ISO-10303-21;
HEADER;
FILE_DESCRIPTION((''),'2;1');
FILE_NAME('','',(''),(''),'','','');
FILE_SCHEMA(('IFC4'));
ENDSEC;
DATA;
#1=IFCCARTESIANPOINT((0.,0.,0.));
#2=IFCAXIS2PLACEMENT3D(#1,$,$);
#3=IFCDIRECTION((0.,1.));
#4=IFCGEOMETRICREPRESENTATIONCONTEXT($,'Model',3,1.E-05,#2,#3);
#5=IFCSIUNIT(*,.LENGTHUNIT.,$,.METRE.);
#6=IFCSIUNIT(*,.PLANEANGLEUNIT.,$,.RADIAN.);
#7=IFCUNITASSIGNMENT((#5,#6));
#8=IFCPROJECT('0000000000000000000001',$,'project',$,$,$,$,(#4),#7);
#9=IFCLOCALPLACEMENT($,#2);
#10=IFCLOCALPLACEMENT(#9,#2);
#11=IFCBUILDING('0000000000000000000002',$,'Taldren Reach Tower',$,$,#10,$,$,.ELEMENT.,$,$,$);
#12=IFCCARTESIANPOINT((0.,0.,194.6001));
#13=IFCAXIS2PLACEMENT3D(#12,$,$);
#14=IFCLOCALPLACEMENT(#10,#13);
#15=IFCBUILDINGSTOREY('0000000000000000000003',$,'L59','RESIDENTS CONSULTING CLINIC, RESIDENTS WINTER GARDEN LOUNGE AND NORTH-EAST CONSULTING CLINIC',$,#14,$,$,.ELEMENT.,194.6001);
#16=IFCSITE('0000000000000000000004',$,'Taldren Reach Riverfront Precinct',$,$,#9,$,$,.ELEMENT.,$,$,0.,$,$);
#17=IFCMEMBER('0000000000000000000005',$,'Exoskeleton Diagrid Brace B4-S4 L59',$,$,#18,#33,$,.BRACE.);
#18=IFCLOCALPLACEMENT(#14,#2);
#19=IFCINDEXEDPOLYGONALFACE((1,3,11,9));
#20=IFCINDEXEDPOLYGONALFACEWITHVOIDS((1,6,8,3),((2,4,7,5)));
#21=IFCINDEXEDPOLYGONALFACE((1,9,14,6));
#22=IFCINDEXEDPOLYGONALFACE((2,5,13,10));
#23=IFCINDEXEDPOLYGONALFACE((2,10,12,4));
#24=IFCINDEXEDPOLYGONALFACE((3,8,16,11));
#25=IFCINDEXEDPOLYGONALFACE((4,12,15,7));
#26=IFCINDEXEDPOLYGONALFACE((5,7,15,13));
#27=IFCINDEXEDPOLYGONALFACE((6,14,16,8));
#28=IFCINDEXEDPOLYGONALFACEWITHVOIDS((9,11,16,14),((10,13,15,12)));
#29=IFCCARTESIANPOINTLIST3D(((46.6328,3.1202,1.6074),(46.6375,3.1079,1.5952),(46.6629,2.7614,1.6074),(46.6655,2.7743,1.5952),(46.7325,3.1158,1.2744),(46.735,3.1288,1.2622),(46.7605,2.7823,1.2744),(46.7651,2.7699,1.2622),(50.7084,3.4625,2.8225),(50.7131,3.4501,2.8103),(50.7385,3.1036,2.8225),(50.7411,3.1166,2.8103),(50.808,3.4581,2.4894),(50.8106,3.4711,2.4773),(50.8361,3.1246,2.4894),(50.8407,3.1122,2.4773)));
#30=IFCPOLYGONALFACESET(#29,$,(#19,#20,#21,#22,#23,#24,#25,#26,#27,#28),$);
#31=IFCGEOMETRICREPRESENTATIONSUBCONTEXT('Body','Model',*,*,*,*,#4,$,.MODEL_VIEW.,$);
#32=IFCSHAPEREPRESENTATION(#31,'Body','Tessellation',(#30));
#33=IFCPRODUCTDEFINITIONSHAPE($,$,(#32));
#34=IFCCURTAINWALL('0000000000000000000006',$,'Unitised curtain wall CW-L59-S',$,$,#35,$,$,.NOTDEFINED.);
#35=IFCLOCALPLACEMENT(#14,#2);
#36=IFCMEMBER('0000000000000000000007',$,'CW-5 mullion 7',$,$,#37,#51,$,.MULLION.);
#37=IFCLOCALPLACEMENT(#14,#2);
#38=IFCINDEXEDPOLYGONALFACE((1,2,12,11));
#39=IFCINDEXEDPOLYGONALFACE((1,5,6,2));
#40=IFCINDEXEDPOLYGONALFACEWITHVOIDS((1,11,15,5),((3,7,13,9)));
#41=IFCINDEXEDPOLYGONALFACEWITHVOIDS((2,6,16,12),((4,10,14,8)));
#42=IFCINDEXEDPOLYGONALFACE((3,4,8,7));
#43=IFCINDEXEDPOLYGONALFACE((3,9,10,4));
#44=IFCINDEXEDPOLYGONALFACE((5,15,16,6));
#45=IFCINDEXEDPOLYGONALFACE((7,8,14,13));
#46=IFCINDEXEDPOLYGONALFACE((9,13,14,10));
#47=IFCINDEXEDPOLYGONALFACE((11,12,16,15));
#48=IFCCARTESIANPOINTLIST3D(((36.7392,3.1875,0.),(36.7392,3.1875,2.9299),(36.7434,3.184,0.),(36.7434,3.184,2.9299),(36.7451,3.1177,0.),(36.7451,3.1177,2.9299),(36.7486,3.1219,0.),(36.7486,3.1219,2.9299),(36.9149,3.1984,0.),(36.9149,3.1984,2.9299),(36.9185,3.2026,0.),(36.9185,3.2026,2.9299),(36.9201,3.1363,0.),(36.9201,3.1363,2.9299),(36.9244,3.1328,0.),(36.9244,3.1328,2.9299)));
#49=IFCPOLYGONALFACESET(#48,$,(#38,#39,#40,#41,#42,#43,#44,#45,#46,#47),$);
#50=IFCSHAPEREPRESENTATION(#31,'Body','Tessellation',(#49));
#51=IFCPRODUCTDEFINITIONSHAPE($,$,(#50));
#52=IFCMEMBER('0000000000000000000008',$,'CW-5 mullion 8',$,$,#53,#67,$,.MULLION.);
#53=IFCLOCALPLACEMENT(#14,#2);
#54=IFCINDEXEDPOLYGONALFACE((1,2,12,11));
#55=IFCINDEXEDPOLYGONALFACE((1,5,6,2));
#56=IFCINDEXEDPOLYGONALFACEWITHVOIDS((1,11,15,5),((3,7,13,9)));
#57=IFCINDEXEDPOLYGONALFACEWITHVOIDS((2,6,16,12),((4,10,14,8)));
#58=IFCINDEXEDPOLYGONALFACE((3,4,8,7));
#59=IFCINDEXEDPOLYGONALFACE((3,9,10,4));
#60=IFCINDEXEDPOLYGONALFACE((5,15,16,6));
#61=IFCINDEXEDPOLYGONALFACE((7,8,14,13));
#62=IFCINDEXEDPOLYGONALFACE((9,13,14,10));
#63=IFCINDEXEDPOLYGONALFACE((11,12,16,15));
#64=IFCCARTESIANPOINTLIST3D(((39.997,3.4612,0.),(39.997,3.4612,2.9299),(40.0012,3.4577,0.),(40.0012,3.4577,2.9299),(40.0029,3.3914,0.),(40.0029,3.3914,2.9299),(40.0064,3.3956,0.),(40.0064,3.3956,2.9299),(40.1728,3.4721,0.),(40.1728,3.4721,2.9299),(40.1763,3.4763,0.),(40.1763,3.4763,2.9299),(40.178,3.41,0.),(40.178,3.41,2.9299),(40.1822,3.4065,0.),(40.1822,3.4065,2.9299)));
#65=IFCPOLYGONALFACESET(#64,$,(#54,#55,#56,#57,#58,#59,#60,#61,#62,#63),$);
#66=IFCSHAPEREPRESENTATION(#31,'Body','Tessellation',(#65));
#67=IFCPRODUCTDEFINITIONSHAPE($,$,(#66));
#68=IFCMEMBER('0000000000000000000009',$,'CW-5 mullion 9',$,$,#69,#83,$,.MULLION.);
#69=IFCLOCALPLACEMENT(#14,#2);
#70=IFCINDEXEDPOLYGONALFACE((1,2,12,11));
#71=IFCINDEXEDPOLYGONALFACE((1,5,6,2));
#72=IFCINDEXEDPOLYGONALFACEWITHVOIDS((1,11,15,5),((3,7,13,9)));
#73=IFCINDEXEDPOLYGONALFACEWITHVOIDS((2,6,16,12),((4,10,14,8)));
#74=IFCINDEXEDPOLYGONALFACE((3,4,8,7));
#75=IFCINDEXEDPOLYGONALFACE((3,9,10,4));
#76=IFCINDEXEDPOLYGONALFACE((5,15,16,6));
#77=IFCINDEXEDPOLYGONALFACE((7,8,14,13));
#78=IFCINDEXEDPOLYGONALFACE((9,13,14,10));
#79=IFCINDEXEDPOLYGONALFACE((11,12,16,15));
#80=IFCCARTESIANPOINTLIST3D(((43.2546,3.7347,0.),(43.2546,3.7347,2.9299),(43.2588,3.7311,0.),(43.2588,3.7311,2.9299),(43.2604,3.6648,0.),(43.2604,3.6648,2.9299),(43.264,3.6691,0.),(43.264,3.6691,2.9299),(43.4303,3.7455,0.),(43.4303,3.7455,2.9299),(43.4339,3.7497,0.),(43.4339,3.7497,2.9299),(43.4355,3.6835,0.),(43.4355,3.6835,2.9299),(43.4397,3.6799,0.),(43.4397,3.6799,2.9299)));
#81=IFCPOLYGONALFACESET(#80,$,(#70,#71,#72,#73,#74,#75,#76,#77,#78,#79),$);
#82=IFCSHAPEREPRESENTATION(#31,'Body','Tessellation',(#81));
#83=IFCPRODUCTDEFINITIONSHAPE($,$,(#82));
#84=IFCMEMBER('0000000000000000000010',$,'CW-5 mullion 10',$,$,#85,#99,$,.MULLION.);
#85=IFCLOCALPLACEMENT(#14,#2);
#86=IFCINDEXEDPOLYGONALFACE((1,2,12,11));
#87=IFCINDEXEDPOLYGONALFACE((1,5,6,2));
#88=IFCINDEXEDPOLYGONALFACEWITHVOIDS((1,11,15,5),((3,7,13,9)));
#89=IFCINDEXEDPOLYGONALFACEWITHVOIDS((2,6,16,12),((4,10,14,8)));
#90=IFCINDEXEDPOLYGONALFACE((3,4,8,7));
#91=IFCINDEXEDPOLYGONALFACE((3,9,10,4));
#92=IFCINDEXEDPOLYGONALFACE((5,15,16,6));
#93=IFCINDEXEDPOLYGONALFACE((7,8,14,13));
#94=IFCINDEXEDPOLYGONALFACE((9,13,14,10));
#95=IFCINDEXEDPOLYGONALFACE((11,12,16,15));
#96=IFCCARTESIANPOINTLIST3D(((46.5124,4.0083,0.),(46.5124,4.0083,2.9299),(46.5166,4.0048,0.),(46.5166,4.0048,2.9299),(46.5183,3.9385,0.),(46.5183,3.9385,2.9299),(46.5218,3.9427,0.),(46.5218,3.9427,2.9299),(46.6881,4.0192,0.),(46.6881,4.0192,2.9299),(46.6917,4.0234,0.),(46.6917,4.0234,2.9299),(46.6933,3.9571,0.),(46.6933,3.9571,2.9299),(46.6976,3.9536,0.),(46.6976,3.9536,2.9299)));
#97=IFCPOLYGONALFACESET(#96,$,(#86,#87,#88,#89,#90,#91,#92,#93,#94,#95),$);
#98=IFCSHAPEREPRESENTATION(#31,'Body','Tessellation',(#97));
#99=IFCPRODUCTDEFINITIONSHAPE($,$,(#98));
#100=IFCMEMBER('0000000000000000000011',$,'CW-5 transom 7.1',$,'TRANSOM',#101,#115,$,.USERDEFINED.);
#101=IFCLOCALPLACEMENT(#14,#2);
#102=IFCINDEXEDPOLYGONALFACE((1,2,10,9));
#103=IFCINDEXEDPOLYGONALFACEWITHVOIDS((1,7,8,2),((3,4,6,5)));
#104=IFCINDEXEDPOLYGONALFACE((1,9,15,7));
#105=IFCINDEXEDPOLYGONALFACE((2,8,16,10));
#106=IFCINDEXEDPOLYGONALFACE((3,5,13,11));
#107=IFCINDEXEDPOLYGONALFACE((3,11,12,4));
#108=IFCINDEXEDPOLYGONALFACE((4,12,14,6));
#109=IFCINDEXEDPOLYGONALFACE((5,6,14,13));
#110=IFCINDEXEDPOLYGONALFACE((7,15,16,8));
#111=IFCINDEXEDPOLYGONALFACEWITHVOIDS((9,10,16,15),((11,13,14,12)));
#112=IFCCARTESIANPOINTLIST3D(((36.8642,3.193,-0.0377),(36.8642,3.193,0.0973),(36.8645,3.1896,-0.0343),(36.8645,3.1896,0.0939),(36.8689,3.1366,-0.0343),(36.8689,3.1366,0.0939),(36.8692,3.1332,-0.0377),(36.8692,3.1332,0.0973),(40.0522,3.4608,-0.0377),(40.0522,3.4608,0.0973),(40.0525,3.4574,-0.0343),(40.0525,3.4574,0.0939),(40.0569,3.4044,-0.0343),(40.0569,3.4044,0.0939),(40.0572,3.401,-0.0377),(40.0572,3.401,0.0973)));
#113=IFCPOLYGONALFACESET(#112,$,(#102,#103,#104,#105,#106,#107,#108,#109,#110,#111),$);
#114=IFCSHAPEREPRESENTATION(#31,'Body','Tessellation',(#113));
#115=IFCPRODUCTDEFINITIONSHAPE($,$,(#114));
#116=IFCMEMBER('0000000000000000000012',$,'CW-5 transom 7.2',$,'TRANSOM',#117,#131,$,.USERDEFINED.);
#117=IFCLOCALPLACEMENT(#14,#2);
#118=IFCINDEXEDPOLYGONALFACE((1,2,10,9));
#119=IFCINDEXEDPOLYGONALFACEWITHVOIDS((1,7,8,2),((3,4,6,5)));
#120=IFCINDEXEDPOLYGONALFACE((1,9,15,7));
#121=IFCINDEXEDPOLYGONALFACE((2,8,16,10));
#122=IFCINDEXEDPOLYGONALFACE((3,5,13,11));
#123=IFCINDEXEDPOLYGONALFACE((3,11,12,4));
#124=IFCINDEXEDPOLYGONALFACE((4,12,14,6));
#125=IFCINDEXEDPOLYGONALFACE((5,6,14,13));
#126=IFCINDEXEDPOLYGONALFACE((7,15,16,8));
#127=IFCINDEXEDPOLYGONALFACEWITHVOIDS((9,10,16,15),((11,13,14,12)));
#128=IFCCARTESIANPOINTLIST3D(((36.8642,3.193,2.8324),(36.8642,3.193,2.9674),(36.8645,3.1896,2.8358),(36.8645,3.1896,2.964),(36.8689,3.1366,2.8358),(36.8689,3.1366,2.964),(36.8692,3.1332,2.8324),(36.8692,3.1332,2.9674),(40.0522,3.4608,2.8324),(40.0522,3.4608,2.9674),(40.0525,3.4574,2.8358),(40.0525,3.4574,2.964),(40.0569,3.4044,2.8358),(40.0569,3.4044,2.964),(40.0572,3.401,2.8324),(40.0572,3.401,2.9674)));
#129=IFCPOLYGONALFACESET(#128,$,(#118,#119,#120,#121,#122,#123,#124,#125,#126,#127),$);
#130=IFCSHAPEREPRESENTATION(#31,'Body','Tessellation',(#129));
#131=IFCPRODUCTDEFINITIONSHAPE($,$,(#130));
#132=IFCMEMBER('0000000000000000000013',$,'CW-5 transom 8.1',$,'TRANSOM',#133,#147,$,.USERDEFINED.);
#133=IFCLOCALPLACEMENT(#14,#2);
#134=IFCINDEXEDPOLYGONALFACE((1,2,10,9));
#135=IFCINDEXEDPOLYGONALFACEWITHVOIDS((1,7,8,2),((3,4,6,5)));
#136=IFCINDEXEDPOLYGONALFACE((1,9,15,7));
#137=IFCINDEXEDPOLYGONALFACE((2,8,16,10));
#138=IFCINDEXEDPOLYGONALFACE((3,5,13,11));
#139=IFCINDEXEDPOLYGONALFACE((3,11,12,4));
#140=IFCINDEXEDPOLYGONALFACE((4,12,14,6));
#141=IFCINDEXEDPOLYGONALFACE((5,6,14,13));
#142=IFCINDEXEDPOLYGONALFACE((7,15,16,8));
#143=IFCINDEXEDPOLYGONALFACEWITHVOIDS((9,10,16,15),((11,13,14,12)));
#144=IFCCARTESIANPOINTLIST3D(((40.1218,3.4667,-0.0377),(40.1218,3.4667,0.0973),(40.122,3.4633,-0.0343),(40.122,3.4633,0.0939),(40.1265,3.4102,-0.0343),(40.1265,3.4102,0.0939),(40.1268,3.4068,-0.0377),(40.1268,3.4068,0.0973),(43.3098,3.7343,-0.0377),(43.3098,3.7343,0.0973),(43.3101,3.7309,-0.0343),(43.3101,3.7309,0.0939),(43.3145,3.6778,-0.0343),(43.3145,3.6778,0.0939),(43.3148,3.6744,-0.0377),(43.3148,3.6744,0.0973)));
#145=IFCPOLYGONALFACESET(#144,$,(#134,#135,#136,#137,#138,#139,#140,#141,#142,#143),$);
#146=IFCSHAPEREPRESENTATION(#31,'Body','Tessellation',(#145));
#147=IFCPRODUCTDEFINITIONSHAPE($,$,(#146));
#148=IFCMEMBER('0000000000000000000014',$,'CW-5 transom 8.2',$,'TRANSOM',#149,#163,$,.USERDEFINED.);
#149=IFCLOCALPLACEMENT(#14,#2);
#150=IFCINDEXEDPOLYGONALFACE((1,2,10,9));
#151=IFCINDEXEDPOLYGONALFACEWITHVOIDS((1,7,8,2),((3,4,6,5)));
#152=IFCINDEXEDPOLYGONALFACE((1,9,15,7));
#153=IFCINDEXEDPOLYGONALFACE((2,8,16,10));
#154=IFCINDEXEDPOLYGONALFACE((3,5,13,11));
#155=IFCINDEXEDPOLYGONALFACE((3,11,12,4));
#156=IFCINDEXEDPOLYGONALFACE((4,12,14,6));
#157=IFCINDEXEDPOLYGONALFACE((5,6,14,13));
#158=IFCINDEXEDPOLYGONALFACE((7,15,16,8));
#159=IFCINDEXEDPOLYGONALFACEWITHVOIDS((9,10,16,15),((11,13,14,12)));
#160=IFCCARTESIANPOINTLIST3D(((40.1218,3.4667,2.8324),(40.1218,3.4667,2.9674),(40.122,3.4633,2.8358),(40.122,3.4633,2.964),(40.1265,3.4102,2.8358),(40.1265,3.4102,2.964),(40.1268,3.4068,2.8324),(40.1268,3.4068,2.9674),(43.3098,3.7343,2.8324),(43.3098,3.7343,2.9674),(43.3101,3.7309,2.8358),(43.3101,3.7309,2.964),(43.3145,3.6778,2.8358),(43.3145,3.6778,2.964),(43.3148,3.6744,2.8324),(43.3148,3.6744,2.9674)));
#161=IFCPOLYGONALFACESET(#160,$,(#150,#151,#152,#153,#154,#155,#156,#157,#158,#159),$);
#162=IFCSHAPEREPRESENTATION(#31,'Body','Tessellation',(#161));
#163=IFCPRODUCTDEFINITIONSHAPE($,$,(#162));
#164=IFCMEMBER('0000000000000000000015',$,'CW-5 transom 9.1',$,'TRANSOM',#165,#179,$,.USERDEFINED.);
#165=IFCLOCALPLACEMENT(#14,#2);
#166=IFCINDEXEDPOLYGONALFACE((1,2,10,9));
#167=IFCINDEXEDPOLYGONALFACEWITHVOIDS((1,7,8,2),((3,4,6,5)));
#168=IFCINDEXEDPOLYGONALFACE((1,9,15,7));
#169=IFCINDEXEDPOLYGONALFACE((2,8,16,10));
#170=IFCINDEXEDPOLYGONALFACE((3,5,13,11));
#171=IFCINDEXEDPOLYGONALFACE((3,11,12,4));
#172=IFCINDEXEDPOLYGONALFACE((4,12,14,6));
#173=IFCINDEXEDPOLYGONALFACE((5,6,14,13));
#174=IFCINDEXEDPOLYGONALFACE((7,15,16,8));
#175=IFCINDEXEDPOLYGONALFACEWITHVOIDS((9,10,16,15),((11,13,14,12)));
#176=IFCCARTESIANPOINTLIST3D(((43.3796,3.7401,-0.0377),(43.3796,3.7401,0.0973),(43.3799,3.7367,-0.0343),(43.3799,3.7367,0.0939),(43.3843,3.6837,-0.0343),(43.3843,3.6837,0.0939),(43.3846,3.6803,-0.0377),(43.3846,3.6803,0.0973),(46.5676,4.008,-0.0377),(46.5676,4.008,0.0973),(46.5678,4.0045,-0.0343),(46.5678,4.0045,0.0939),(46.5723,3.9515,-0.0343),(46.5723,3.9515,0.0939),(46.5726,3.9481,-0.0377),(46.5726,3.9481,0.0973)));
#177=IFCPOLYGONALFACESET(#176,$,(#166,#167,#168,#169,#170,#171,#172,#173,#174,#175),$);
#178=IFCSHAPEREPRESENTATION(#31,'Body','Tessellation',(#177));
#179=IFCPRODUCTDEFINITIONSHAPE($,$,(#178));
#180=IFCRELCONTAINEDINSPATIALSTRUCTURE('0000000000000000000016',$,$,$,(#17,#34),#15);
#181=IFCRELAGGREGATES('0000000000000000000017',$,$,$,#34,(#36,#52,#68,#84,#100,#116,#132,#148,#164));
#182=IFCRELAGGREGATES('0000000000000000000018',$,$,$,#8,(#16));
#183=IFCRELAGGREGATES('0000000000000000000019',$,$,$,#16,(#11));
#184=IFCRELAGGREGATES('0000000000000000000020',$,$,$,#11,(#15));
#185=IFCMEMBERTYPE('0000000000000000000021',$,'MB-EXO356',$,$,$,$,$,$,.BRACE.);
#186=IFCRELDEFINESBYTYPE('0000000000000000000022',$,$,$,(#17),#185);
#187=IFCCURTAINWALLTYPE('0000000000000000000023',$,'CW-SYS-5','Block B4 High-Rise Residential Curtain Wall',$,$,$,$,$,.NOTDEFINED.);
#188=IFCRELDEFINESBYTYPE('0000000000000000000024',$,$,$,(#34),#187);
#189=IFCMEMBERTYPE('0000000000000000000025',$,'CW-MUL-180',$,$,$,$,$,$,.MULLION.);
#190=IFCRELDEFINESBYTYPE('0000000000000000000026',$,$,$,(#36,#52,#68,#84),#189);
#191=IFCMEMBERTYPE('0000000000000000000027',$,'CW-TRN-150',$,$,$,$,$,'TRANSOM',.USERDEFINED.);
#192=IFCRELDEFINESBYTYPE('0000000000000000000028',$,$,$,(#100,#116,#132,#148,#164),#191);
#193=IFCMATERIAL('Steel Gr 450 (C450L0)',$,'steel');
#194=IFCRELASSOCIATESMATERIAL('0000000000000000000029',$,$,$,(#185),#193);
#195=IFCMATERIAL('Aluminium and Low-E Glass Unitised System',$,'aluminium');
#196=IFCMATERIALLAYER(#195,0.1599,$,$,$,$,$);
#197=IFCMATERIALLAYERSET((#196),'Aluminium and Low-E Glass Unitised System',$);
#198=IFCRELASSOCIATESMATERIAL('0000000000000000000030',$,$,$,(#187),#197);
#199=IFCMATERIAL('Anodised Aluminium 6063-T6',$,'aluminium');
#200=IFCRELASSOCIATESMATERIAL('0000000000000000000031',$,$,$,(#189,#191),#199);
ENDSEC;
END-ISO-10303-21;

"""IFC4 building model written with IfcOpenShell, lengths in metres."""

from ifc_helpers import new_model, si_unit, direction, frame, origin, origin_2d, place, context, subcontext, project, spatial, hollow_rectangle, extrude, source, transform, mapped, material, layer, layer_set, material_profile, profile_set, type_object, element, aggregate, save


model = new_model("IFC4")

# Units and contexts
model_context = context("Model", 3, precision=1e-05, world=origin(), true_north=direction((0.0, 1.0)))
body_context = subcontext(model_context, "Body", "Model", "MODEL_VIEW")
ifc_project = project(units=[si_unit("LENGTHUNIT", "METRE"), si_unit("PLANEANGLEUNIT", "RADIAN")], contexts=[model_context])

# Site, building, storey
site_placement = place(None, origin())
site = spatial("IfcSite", under=ifc_project, at=site_placement, Name="Taldren Reach Riverfront Precinct", CompositionType="ELEMENT", RefElevation=0.0)
building_placement = place(site_placement, origin())
building = spatial("IfcBuilding", under=site, at=building_placement, Name="Taldren Reach Tower", CompositionType="ELEMENT")
storey_placement = place(building_placement, frame((0.0, 0.0, 194.6001)))
storey = spatial("IfcBuildingStorey", under=building, at=storey_placement, Name="L59", Description="RESIDENTS CONSULTING CLINIC, RESIDENTS WINTER GARDEN LOUNGE AND NORTH-EAST CONSULTING CLINIC", CompositionType="ELEMENT", Elevation=194.6001)

# Member
ifc_material_1 = material(Name="Steel Gr 450 (C450L0)", Category="steel")
ifc_material_profile_1 = material_profile(ifc_material_1, hollow_rectangle(XDim=0.3601, YDim=0.3601, WallThickness=0.0127, at=origin_2d()), Name="360x360x12.7SHS")
ifc_profile_set_1 = profile_set([ifc_material_profile_1], Name="Steel Gr 450 (C450L0)")
member_type_1 = type_object("IfcMemberType", Name="MB-EXO356", PredefinedType="BRACE", material=ifc_profile_set_1)
shared_shape_1 = source(origin(), body_context, "Body", "SweptSolid", [
    extrude(hollow_rectangle(XDim=0.3601, YDim=0.3601, WallThickness=0.0127, at=origin_2d()), origin(), (0.0, 0.0, 1.0), 4.2666),
])
for number, where, z_axis, x_axis, name in (
    (1, (46.699, 2.9451, 1.4348), (0.955229, 0.080222, 0.284783), (-0.083688, 0.996492, 0.0), "Exoskeleton Diagrid Brace B4-S4 L59"),
):
    element("IfcMember", number, at=place(storey_placement, frame(where, z_axis=z_axis, x_axis=x_axis)), inside=storey, type_object=member_type_1, Name=name, PredefinedType="BRACE", context=body_context, shape_type="MappedRepresentation", body=[
        mapped(shared_shape_1, transform((0.0, 0.0, 0.0), scale=1.0)),
    ])

# Curtain wall, members
ifc_material_2 = material(Name="Aluminium and Low-E Glass Unitised System", Category="aluminium")
ifc_layer_1 = layer(ifc_material_2, 0.1599)
ifc_layer_set_1 = layer_set([ifc_layer_1], Name="Aluminium and Low-E Glass Unitised System")
curtain_wall_type = type_object("IfcCurtainWallType", Name="CW-SYS-5", Description="Block B4 High-Rise Residential Curtain Wall", PredefinedType="NOTDEFINED", material=ifc_layer_set_1)
curtain_wall_placement = place(storey_placement, origin())
curtain_wall = element("IfcCurtainWall", 2, at=curtain_wall_placement, inside=storey, type_object=curtain_wall_type, Name="Unitised curtain wall CW-L59-S", PredefinedType="NOTDEFINED")
ifc_material_3 = material(Name="Anodised Aluminium 6063-T6", Category="aluminium")
ifc_material_profile_2 = material_profile(ifc_material_3, hollow_rectangle(XDim=0.0701, YDim=0.1799, WallThickness=0.0039, at=origin_2d()), Name="ALU-180x70x4RHS")
ifc_profile_set_2 = profile_set([ifc_material_profile_2], Name="Anodised Aluminium 6063-T6")
member_type_2 = type_object("IfcMemberType", Name="CW-MUL-180", PredefinedType="MULLION", material=ifc_profile_set_2)
shared_shape_2 = source(origin(), body_context, "Body", "SweptSolid", [
    extrude(hollow_rectangle(XDim=0.0701, YDim=0.1799, WallThickness=0.0039, at=origin_2d()), origin(), (0.0, 0.0, 1.0), 2.9299),
])
member_1_placement = place(storey_placement, frame((36.8318, 3.1602, 0.0), z_axis=(0.0, 0.0, 1.0), x_axis=(-0.083678, 0.996493, 0.0)))
member_1 = element("IfcMember", 3, at=member_1_placement, type_object=member_type_2, Name="CW-5 mullion 7", PredefinedType="MULLION", context=body_context, shape_type="MappedRepresentation", body=[
    mapped(shared_shape_2, transform((0.0, 0.0, 0.0), scale=1.0)),
])
member_2_placement = place(storey_placement, frame((40.0896, 3.4338, 0.0), z_axis=(0.0, 0.0, 1.0), x_axis=(-0.083678, 0.996493, 0.0)))
member_2 = element("IfcMember", 4, at=member_2_placement, type_object=member_type_2, Name="CW-5 mullion 8", PredefinedType="MULLION", context=body_context, shape_type="MappedRepresentation", body=[
    mapped(shared_shape_2, transform((0.0, 0.0, 0.0), scale=1.0)),
])
member_3_placement = place(storey_placement, frame((43.3472, 3.7073, 0.0), z_axis=(0.0, 0.0, 1.0), x_axis=(-0.083678, 0.996493, 0.0)))
member_3 = element("IfcMember", 5, at=member_3_placement, type_object=member_type_2, Name="CW-5 mullion 9", PredefinedType="MULLION", context=body_context, shape_type="MappedRepresentation", body=[
    mapped(shared_shape_2, transform((0.0, 0.0, 0.0), scale=1.0)),
])
member_4_placement = place(storey_placement, frame((46.605, 3.981, 0.0), z_axis=(0.0, 0.0, 1.0), x_axis=(-0.083678, 0.996493, 0.0)))
member_4 = element("IfcMember", 6, at=member_4_placement, type_object=member_type_2, Name="CW-5 mullion 10", PredefinedType="MULLION", context=body_context, shape_type="MappedRepresentation", body=[
    mapped(shared_shape_2, transform((0.0, 0.0, 0.0), scale=1.0)),
])
ifc_material_profile_3 = material_profile(ifc_material_3, hollow_rectangle(XDim=0.0601, YDim=0.135, WallThickness=0.0034, at=origin_2d()), Name="ALU-135x60x3.5RHS")
ifc_profile_set_3 = profile_set([ifc_material_profile_3], Name="Anodised Aluminium 6063-T6")
member_type_3 = type_object("IfcMemberType", Name="CW-TRN-150", ElementType="TRANSOM", PredefinedType="USERDEFINED", material=ifc_profile_set_3)
shared_shape_3 = source(origin(), body_context, "Body", "SweptSolid", [
    extrude(hollow_rectangle(XDim=0.0601, YDim=0.135, WallThickness=0.0034, at=origin_2d()), origin(), (0.0, 0.0, 1.0), 3.1992),
])
member_5_placement = place(storey_placement, frame((36.8667, 3.1631, 0.0298), z_axis=(0.99649, 0.083715, 0.0), x_axis=(-0.083715, 0.99649, 0.0)))
member_5 = element("IfcMember", 7, at=member_5_placement, type_object=member_type_3, Name="CW-5 transom 7.1", ObjectType="TRANSOM", PredefinedType="USERDEFINED", context=body_context, shape_type="MappedRepresentation", body=[
    mapped(shared_shape_3, transform((0.0, 0.0, 0.0), scale=1.0)),
])
member_6_placement = place(storey_placement, frame((36.8667, 3.1631, 2.8999), z_axis=(0.99649, 0.083715, 0.0), x_axis=(-0.083715, 0.99649, 0.0)))
member_6 = element("IfcMember", 8, at=member_6_placement, type_object=member_type_3, Name="CW-5 transom 7.2", ObjectType="TRANSOM", PredefinedType="USERDEFINED", context=body_context, shape_type="MappedRepresentation", body=[
    mapped(shared_shape_3, transform((0.0, 0.0, 0.0), scale=1.0)),
])
member_7_placement = place(storey_placement, frame((40.1243, 3.4368, 0.0298), z_axis=(0.996496, 0.083639, 0.0), x_axis=(-0.083639, 0.996496, 0.0)))
member_7 = element("IfcMember", 9, at=member_7_placement, type_object=member_type_3, Name="CW-5 transom 8.1", ObjectType="TRANSOM", PredefinedType="USERDEFINED", context=body_context, shape_type="MappedRepresentation", body=[
    mapped(shared_shape_3, transform((0.0, 0.0, 0.0), scale=1.0)),
])
member_8_placement = place(storey_placement, frame((40.1243, 3.4368, 2.8999), z_axis=(0.996496, 0.083639, 0.0), x_axis=(-0.083639, 0.996496, 0.0)))
member_8 = element("IfcMember", 10, at=member_8_placement, type_object=member_type_3, Name="CW-5 transom 8.2", ObjectType="TRANSOM", PredefinedType="USERDEFINED", context=body_context, shape_type="MappedRepresentation", body=[
    mapped(shared_shape_3, transform((0.0, 0.0, 0.0), scale=1.0)),
])
member_9_placement = place(storey_placement, frame((43.3821, 3.7102, 0.0298), z_axis=(0.99649, 0.083715, 0.0), x_axis=(-0.083715, 0.99649, 0.0)))
member_9 = element("IfcMember", 11, at=member_9_placement, type_object=member_type_3, Name="CW-5 transom 9.1", ObjectType="TRANSOM", PredefinedType="USERDEFINED", context=body_context, shape_type="MappedRepresentation", body=[
    mapped(shared_shape_3, transform((0.0, 0.0, 0.0), scale=1.0)),
])

aggregate(curtain_wall, [member_1, member_2, member_3, member_4, member_5, member_6, member_7, member_8, member_9])

save(model, "model.ifc")
